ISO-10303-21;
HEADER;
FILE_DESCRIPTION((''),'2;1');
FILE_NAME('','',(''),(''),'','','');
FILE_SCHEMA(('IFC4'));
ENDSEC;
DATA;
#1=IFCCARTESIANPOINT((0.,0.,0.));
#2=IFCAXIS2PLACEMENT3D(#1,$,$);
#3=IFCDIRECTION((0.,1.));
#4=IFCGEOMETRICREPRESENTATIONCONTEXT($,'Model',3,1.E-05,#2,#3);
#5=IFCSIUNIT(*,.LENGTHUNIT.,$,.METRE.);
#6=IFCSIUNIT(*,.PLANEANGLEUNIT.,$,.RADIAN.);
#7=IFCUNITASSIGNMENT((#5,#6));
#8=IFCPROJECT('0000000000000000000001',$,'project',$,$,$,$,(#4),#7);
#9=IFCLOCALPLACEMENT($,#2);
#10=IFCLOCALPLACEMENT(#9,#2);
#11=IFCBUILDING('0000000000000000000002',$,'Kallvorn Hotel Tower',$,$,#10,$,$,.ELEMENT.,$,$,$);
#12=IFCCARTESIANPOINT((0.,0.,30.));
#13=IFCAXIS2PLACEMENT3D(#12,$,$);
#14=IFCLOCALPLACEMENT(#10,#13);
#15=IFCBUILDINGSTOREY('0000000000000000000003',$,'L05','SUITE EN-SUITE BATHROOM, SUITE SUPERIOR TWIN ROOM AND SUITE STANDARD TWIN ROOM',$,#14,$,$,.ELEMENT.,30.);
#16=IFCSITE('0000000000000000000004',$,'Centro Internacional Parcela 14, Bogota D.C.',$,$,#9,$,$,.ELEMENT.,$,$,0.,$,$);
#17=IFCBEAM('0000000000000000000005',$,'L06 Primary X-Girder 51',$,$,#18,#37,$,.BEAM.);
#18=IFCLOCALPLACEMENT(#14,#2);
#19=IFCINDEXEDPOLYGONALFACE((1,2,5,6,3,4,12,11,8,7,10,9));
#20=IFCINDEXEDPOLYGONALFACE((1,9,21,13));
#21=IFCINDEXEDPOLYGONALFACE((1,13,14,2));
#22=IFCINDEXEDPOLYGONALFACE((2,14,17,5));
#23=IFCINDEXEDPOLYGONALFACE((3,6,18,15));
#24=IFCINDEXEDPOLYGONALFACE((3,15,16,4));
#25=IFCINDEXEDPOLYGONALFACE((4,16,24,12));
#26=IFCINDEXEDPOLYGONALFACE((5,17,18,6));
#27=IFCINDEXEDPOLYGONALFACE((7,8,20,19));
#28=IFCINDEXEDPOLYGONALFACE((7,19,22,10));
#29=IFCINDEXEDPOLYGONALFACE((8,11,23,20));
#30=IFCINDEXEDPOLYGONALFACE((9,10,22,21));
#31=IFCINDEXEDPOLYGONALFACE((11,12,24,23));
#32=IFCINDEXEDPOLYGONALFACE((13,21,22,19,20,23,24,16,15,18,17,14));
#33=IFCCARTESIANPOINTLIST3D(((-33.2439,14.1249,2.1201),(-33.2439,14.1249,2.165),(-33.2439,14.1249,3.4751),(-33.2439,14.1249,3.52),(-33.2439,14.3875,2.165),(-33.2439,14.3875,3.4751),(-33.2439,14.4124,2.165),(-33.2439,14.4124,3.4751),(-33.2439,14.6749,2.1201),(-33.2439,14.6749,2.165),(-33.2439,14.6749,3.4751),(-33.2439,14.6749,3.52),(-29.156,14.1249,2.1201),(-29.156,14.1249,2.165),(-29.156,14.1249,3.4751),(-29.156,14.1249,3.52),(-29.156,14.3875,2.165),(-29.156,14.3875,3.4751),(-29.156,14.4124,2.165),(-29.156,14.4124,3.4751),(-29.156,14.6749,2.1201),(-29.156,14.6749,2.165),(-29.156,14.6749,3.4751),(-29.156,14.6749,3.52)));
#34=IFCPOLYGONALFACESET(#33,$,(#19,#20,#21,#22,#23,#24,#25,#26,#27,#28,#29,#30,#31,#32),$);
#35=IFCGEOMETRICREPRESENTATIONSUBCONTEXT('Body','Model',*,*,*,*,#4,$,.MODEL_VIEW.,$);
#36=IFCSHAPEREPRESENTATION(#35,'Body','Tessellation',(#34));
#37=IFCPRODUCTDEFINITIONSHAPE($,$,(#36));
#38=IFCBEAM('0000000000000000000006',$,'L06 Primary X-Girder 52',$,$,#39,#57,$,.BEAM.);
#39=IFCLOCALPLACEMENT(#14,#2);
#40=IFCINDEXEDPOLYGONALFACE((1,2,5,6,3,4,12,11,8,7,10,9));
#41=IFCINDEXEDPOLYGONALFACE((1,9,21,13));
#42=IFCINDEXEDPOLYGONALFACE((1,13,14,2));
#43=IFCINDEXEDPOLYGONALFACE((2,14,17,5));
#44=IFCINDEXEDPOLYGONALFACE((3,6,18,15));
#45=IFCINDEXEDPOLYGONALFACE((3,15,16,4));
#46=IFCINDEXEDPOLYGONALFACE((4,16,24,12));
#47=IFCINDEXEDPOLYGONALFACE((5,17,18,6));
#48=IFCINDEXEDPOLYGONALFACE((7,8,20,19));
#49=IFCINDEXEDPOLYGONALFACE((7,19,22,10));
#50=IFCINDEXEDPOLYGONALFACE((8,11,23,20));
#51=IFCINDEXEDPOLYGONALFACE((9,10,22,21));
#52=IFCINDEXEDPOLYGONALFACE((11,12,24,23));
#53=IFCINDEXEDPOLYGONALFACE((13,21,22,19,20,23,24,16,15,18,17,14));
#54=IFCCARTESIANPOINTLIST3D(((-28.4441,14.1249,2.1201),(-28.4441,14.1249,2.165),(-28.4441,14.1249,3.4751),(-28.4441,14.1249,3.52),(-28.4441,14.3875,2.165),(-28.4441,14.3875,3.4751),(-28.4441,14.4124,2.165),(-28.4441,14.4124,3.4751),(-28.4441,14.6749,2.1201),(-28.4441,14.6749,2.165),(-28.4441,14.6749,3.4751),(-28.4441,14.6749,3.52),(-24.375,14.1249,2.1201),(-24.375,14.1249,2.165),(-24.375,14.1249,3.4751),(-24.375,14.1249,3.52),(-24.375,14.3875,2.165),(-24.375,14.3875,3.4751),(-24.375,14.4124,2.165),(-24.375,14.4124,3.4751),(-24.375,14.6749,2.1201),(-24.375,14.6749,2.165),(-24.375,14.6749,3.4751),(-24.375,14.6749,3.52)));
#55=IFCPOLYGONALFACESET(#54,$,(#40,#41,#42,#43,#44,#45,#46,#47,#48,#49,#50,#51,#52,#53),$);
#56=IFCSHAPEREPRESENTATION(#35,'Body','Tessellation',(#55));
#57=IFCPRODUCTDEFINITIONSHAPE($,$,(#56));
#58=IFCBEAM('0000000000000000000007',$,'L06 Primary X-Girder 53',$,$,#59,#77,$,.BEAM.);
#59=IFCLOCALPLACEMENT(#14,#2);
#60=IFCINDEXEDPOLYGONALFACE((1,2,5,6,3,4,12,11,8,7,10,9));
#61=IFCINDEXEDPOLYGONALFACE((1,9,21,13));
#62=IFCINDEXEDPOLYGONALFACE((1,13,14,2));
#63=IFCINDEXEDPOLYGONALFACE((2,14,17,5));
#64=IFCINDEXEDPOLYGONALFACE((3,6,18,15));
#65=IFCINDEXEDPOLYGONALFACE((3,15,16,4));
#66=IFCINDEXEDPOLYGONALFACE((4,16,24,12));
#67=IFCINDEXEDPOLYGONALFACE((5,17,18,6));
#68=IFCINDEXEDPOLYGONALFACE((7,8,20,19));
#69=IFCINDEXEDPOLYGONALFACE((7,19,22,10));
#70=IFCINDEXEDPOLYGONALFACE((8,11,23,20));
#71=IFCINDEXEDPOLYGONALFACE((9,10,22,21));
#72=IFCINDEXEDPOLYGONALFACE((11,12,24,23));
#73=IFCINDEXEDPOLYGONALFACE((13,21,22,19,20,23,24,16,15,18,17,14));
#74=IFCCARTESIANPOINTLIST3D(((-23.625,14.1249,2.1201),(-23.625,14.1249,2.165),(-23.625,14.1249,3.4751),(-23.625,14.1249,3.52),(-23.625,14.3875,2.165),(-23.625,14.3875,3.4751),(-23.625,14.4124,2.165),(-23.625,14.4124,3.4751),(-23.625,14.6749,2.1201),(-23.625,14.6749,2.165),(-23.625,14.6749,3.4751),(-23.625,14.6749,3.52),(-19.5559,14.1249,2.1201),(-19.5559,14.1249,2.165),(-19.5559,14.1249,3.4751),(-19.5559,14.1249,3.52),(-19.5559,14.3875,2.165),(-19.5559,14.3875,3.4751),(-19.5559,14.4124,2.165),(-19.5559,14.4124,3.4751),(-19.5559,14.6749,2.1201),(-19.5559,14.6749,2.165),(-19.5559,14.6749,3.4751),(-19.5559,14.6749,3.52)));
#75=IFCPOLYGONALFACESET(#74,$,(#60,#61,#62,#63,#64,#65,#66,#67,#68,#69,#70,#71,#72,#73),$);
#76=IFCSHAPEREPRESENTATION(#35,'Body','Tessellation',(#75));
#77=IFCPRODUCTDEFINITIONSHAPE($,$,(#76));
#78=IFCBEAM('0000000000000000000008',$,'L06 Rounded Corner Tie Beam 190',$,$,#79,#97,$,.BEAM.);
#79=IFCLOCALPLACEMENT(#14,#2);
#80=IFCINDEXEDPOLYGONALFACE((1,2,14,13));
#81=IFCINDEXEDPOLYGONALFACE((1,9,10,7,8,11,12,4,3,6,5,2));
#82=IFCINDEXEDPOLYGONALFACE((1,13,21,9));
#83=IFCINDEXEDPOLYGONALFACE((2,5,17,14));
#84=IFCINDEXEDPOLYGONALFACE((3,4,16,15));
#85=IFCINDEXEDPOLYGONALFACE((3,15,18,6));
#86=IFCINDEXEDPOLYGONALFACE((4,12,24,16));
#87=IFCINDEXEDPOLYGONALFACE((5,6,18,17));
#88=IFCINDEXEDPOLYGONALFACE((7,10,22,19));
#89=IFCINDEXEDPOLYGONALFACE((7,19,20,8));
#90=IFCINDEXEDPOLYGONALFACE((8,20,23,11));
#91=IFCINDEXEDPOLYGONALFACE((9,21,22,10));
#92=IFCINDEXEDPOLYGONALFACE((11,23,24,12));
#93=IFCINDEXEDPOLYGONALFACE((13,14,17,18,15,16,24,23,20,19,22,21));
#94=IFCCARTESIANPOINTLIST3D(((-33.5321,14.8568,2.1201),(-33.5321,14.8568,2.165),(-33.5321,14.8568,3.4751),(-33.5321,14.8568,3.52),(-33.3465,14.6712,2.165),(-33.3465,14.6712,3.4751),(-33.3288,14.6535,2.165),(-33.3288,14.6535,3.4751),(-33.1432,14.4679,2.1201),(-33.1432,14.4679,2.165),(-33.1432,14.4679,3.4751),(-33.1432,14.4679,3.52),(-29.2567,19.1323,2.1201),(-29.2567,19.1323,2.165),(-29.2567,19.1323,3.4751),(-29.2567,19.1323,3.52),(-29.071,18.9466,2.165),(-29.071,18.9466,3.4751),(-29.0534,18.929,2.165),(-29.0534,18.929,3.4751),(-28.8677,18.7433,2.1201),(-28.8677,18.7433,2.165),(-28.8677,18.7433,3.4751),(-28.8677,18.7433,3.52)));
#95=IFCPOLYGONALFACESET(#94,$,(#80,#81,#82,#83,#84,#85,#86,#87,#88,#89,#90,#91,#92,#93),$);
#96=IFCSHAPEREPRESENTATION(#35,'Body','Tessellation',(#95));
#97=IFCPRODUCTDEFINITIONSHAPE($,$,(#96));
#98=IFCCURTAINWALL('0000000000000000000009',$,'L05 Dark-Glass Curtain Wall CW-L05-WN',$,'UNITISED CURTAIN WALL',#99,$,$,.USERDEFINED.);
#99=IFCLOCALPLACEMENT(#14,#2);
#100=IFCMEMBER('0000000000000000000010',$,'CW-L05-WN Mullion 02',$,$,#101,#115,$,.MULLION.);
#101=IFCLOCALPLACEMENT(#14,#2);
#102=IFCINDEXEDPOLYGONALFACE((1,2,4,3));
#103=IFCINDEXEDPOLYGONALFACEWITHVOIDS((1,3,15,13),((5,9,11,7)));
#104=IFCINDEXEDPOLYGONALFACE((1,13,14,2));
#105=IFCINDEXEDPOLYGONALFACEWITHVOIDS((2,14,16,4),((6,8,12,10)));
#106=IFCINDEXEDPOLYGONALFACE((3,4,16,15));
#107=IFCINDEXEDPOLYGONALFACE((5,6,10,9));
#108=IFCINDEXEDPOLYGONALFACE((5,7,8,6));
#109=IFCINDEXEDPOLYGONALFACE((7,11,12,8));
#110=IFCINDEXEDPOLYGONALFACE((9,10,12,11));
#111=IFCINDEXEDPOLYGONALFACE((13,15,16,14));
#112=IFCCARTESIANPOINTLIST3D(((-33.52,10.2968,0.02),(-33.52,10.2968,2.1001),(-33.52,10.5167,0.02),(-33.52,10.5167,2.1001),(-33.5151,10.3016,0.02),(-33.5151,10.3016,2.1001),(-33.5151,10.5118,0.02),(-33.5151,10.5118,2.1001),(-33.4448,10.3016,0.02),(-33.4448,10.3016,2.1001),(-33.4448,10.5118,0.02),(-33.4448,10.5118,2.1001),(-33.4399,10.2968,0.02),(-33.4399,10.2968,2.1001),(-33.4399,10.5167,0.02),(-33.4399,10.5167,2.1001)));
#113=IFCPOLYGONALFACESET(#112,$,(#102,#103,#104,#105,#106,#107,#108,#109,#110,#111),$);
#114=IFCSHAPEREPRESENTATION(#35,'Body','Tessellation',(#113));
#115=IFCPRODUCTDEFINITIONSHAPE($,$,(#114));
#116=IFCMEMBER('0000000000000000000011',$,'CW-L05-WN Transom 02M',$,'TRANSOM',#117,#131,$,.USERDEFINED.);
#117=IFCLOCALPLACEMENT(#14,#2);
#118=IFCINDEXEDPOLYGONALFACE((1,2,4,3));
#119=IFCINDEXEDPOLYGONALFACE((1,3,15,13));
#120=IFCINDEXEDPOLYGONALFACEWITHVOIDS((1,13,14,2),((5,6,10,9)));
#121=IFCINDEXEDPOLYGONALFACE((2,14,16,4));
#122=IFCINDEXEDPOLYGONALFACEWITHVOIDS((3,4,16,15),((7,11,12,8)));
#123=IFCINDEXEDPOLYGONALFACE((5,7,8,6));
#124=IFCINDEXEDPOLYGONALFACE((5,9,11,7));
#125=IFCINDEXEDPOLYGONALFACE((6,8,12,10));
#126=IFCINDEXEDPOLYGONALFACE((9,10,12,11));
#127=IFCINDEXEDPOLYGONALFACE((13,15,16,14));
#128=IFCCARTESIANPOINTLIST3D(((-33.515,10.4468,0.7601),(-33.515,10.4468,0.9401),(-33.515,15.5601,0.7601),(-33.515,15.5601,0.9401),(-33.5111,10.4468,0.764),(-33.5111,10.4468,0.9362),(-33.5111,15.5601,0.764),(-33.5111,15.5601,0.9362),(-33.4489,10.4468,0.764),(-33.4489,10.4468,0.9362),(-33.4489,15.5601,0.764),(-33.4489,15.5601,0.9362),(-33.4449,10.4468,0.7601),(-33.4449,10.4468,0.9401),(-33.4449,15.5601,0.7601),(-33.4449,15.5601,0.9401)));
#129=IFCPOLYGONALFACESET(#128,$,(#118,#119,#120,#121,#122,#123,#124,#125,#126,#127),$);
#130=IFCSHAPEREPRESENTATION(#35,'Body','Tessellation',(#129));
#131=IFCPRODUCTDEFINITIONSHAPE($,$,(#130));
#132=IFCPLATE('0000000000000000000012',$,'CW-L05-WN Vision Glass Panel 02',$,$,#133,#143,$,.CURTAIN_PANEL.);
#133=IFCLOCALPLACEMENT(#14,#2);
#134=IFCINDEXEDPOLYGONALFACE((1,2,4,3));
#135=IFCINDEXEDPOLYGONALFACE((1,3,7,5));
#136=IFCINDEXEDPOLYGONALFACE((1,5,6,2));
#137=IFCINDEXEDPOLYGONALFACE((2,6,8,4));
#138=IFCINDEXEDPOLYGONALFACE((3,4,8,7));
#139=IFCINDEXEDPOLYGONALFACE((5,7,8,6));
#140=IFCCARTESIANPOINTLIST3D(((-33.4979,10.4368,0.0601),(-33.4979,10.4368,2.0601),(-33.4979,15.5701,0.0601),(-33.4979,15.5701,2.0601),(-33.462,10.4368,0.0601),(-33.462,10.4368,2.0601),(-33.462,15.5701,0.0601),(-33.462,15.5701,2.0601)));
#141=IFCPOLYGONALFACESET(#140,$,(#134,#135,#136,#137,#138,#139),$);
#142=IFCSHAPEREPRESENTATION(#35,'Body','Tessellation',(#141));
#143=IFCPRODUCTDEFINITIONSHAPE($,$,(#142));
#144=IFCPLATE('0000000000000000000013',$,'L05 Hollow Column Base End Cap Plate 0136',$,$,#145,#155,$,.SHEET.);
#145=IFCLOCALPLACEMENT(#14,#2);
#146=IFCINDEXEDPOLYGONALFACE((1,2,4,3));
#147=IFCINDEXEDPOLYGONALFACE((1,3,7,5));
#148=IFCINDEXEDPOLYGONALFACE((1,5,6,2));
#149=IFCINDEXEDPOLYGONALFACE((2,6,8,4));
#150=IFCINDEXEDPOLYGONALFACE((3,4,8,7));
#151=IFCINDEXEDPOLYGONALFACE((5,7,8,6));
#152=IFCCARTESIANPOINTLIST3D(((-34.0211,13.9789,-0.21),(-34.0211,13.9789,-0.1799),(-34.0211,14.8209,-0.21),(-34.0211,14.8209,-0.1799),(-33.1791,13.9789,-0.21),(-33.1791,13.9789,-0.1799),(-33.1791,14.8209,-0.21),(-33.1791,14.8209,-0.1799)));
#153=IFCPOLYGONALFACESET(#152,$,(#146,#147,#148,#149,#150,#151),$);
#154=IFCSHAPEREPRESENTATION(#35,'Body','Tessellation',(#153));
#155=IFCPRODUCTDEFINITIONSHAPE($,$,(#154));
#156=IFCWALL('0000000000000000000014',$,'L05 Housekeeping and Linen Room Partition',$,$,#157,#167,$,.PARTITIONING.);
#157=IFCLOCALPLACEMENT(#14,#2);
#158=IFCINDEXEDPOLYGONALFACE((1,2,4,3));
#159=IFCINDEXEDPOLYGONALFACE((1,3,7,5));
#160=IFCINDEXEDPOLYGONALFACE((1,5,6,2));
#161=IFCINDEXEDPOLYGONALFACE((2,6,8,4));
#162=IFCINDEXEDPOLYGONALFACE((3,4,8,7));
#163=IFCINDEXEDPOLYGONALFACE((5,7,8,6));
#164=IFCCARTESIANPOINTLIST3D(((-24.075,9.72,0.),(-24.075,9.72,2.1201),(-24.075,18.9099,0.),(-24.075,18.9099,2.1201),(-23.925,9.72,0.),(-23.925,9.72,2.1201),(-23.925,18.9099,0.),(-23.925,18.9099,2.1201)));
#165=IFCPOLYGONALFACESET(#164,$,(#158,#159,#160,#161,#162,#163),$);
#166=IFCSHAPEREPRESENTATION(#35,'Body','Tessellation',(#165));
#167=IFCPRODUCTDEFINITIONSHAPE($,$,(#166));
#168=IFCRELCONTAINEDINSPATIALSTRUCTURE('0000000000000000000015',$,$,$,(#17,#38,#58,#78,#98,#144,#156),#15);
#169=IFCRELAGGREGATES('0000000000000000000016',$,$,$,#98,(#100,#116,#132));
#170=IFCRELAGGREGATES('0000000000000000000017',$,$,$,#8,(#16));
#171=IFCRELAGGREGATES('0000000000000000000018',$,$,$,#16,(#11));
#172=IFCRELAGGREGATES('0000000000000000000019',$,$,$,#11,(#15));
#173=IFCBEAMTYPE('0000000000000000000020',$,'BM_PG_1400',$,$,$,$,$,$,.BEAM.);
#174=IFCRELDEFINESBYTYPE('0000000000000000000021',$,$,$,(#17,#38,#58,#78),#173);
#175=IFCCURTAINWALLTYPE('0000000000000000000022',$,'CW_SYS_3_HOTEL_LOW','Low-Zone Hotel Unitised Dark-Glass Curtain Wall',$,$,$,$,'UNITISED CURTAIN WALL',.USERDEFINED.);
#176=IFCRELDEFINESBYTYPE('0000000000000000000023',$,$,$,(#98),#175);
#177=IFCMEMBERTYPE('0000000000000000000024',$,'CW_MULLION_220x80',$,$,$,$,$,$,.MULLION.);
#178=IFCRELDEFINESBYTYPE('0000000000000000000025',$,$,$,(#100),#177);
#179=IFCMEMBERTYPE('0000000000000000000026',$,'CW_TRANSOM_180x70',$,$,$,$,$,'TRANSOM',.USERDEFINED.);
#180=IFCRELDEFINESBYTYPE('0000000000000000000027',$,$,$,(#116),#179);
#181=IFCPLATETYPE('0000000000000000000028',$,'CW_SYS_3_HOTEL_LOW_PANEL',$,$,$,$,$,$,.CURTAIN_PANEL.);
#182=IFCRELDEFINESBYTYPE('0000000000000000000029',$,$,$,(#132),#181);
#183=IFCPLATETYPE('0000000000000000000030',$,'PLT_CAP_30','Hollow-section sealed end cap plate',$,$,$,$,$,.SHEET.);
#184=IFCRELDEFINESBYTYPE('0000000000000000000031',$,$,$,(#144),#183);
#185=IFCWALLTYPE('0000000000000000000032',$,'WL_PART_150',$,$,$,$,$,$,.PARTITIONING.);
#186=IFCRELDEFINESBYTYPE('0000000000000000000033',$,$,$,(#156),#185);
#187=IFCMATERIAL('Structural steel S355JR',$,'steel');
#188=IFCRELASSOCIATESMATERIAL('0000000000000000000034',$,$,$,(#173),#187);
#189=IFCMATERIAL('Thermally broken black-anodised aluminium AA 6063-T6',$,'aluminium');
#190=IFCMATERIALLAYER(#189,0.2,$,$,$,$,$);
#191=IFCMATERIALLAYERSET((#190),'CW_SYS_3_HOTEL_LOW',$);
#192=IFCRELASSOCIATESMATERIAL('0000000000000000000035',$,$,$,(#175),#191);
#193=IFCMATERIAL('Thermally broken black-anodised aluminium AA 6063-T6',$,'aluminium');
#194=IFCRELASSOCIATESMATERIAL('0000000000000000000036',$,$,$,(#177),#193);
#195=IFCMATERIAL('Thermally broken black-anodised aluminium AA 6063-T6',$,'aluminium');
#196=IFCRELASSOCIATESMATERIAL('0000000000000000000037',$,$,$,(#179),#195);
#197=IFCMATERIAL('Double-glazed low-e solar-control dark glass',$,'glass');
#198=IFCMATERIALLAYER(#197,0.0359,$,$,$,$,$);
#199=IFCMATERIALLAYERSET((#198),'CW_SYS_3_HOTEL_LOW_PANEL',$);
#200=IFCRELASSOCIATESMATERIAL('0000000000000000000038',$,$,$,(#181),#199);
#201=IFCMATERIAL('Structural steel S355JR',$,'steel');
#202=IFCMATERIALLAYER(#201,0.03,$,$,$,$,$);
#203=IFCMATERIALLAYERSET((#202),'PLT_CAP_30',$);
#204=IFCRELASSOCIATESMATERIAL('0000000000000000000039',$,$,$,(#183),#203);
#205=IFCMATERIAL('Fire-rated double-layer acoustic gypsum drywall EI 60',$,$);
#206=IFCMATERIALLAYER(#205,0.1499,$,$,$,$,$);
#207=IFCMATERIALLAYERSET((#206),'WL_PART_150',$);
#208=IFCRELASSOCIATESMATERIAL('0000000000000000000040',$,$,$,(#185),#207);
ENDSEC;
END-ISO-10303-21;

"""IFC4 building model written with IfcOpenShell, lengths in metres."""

from ifc_helpers import new_model, si_unit, direction, frame, frame_2d, origin, origin_2d, place, context, subcontext, project, spatial, rectangle, hollow_rectangle, i_section, extrude, material, layer, layer_set, material_profile, profile_set, type_object, element, aggregate, save


model = new_model("IFC4")

# Units and contexts
model_context = context("Model", 3, precision=1e-05, world=origin(), true_north=direction((0.0, 1.0)))
body_context = subcontext(model_context, "Body", "Model", "MODEL_VIEW")
ifc_project = project(units=[si_unit("LENGTHUNIT", "METRE"), si_unit("PLANEANGLEUNIT", "RADIAN")], contexts=[model_context])

# Site, building, storey
site_placement = place(None, origin())
site = spatial("IfcSite", under=ifc_project, at=site_placement, Name="Centro Internacional Parcela 14, Bogota D.C.", CompositionType="ELEMENT", RefElevation=0.0)
building_placement = place(site_placement, origin())
building = spatial("IfcBuilding", under=site, at=building_placement, Name="Kallvorn Hotel Tower", CompositionType="ELEMENT")
storey_placement = place(building_placement, frame((0.0, 0.0, 30.0)))
storey = spatial("IfcBuildingStorey", under=building, at=storey_placement, Name="L05", Description="SUITE EN-SUITE BATHROOM, SUITE SUPERIOR TWIN ROOM AND SUITE STANDARD TWIN ROOM", CompositionType="ELEMENT", Elevation=30.0)

# Beams
ifc_material_1 = material(Name="Structural steel S355JR", Category="steel")
ifc_material_profile_1 = material_profile(ifc_material_1, i_section(OverallWidth=0.55, OverallDepth=1.3999, WebThickness=0.0249, FlangeThickness=0.0449, at=origin_2d()), Name="PG 1400x550x25x45")
ifc_profile_set_1 = profile_set([ifc_material_profile_1], Name="Structural steel S355JR")
beam_type_1 = type_object("IfcBeamType", Name="BM_PG_1400", PredefinedType="BEAM", material=ifc_profile_set_1)
beam_1_placement = place(storey_placement, frame((-33.2439, 14.3999, 2.8201), z_axis=(1.0, 0.0, 0.0), x_axis=(0.0, 1.0, 0.0)))
element("IfcBeam", 1, at=beam_1_placement, inside=storey, type_object=beam_type_1, Name="L06 Primary X-Girder 51", PredefinedType="BEAM", context=body_context, shape_type="SweptSolid", body=[
    extrude(i_section(OverallWidth=0.55, OverallDepth=1.3999, WebThickness=0.0249, FlangeThickness=0.0449, at=origin_2d()), origin(), (0.0, 0.0, 1.0), 4.0879),
])
for number, where, z_axis, x_axis, name in (
    (2, (-28.4441, 14.3999, 2.8201), (1.0, 0.0, 0.0), (0.0, 1.0, 0.0), "L06 Primary X-Girder 52"),
    (3, (-23.625, 14.3999, 2.8201), (1.0, 0.0, 0.0), (0.0, 1.0, 0.0), "L06 Primary X-Girder 53"),
):
    element("IfcBeam", number, at=place(storey_placement, frame(where, z_axis=z_axis, x_axis=x_axis)), inside=storey, type_object=beam_type_1, Name=name, PredefinedType="BEAM", context=body_context, shape_type="SweptSolid", body=[
        extrude(i_section(OverallWidth=0.55, OverallDepth=1.3999, WebThickness=0.0249, FlangeThickness=0.0449, at=origin_2d()), origin(), (0.0, 0.0, 1.0), 4.0691),
    ])
beam_2_placement = place(storey_placement, frame((-33.3376, 14.6624, 2.8201), z_axis=(0.707107, 0.707107, 0.0), x_axis=(-0.707107, 0.707107, 0.0)))
element("IfcBeam", 4, at=beam_2_placement, inside=storey, type_object=beam_type_1, Name="L06 Rounded Corner Tie Beam 190", PredefinedType="BEAM", context=body_context, shape_type="SweptSolid", body=[
    extrude(i_section(OverallWidth=0.55, OverallDepth=1.3999, WebThickness=0.0249, FlangeThickness=0.0449, at=origin_2d()), origin(), (0.0, 0.0, 1.0), 6.0464),
])

# Curtain wall, members, plate
ifc_material_2 = material(Name="Thermally broken black-anodised aluminium AA 6063-T6", Category="aluminium")
ifc_layer_1 = layer(ifc_material_2, 0.2)
ifc_layer_set_1 = layer_set([ifc_layer_1], Name="CW_SYS_3_HOTEL_LOW")
curtain_wall_type = type_object("IfcCurtainWallType", Name="CW_SYS_3_HOTEL_LOW", Description="Low-Zone Hotel Unitised Dark-Glass Curtain Wall", ElementType="UNITISED CURTAIN WALL", PredefinedType="USERDEFINED", material=ifc_layer_set_1)
curtain_wall_placement = place(storey_placement, origin())
curtain_wall = element("IfcCurtainWall", 5, at=curtain_wall_placement, inside=storey, type_object=curtain_wall_type, Name="L05 Dark-Glass Curtain Wall CW-L05-WN", ObjectType="UNITISED CURTAIN WALL", PredefinedType="USERDEFINED")
ifc_material_3 = material(Name="Thermally broken black-anodised aluminium AA 6063-T6", Category="aluminium")
ifc_material_profile_2 = material_profile(ifc_material_3, hollow_rectangle(XDim=0.0801, YDim=0.22, WallThickness=0.0049, at=origin_2d()), Name="MUL 220x80")
ifc_profile_set_2 = profile_set([ifc_material_profile_2], Name="Thermally broken black-anodised aluminium AA 6063-T6")
member_type_1 = type_object("IfcMemberType", Name="CW_MULLION_220x80", PredefinedType="MULLION", material=ifc_profile_set_2)
member_1_placement = place(storey_placement, frame((-33.48, 10.4067, 0.02), z_axis=(0.0, 0.0, 1.0), x_axis=(1.0, 0.0, 0.0)))
member_1 = element("IfcMember", 6, at=member_1_placement, type_object=member_type_1, Name="CW-L05-WN Mullion 02", PredefinedType="MULLION", context=body_context, shape_type="SweptSolid", body=[
    extrude(hollow_rectangle(XDim=0.0801, YDim=0.22, WallThickness=0.0049, at=origin_2d()), origin(), (0.0, 0.0, 1.0), 2.0801),
])
ifc_material_4 = material(Name="Thermally broken black-anodised aluminium AA 6063-T6", Category="aluminium")
ifc_material_profile_3 = material_profile(ifc_material_4, hollow_rectangle(XDim=0.0701, YDim=0.1799, WallThickness=0.0039, at=origin_2d()), Name="TRN 180x70")
ifc_profile_set_3 = profile_set([ifc_material_profile_3], Name="Thermally broken black-anodised aluminium AA 6063-T6")
member_type_2 = type_object("IfcMemberType", Name="CW_TRANSOM_180x70", ElementType="TRANSOM", PredefinedType="USERDEFINED", material=ifc_profile_set_3)
member_2_placement = place(storey_placement, frame((-33.48, 10.4468, 0.8501), z_axis=(0.0, 1.0, 0.0), x_axis=(-1.0, 0.0, 0.0)))
member_2 = element("IfcMember", 7, at=member_2_placement, type_object=member_type_2, Name="CW-L05-WN Transom 02M", ObjectType="TRANSOM", PredefinedType="USERDEFINED", context=body_context, shape_type="SweptSolid", body=[
    extrude(hollow_rectangle(XDim=0.0701, YDim=0.1799, WallThickness=0.0039, at=origin_2d()), origin(), (0.0, 0.0, 1.0), 5.1133),
])
ifc_material_5 = material(Name="Double-glazed low-e solar-control dark glass", Category="glass")
ifc_layer_2 = layer(ifc_material_5, 0.0359)
ifc_layer_set_2 = layer_set([ifc_layer_2], Name="CW_SYS_3_HOTEL_LOW_PANEL")
plate_type_1 = type_object("IfcPlateType", Name="CW_SYS_3_HOTEL_LOW_PANEL", PredefinedType="CURTAIN_PANEL", material=ifc_layer_set_2)
plate_1_placement = place(storey_placement, frame((-33.48, 13.0034, 0.0601), z_axis=(0.0, 0.0, 1.0), x_axis=(0.0, 1.0, 0.0)))
plate_1 = element("IfcPlate", 8, at=plate_1_placement, type_object=plate_type_1, Name="CW-L05-WN Vision Glass Panel 02", PredefinedType="CURTAIN_PANEL", context=body_context, shape_type="SweptSolid", body=[
    extrude(rectangle(XDim=5.1333, YDim=0.0359, at=origin_2d()), origin(), (0.0, 0.0, 1.0), 2.0),
])
aggregate(curtain_wall, [member_1, member_2, plate_1])

# Plate
ifc_material_6 = material(Name="Structural steel S355JR", Category="steel")
ifc_layer_3 = layer(ifc_material_6, 0.03)
ifc_layer_set_3 = layer_set([ifc_layer_3], Name="PLT_CAP_30")
plate_type_2 = type_object("IfcPlateType", Name="PLT_CAP_30", Description="Hollow-section sealed end cap plate", PredefinedType="SHEET", material=ifc_layer_set_3)
plate_2_placement = place(storey_placement, frame((-33.6001, 14.3999, -0.21), z_axis=(0.0, 0.0, 1.0), x_axis=(1.0, 0.0, 0.0)))
element("IfcPlate", 9, at=plate_2_placement, inside=storey, type_object=plate_type_2, Name="L05 Hollow Column Base End Cap Plate 0136", PredefinedType="SHEET", context=body_context, shape_type="SweptSolid", body=[
    extrude(rectangle(XDim=0.842, YDim=0.842, at=origin_2d()), origin(), (0.0, 0.0, 1.0), 0.03),
])

# Wall
ifc_material_7 = material(Name="Fire-rated double-layer acoustic gypsum drywall EI 60")
ifc_layer_4 = layer(ifc_material_7, 0.1499)
ifc_layer_set_4 = layer_set([ifc_layer_4], Name="WL_PART_150")
wall_type = type_object("IfcWallType", Name="WL_PART_150", PredefinedType="PARTITIONING", material=ifc_layer_set_4)
wall_placement = place(storey_placement, frame((-24.0, 9.72, 0.0), z_axis=(0.0, 0.0, 1.0), x_axis=(0.0, 1.0, 0.0)))
element("IfcWall", 10, at=wall_placement, inside=storey, type_object=wall_type, Name="L05 Housekeeping and Linen Room Partition", PredefinedType="PARTITIONING", context=body_context, shape_type="SweptSolid", body=[
    extrude(rectangle(XDim=9.1899, YDim=0.1499, at=frame_2d((4.595, 0.0))), origin(), (0.0, 0.0, 1.0), 2.1201),
])

save(model, "model.ifc")
